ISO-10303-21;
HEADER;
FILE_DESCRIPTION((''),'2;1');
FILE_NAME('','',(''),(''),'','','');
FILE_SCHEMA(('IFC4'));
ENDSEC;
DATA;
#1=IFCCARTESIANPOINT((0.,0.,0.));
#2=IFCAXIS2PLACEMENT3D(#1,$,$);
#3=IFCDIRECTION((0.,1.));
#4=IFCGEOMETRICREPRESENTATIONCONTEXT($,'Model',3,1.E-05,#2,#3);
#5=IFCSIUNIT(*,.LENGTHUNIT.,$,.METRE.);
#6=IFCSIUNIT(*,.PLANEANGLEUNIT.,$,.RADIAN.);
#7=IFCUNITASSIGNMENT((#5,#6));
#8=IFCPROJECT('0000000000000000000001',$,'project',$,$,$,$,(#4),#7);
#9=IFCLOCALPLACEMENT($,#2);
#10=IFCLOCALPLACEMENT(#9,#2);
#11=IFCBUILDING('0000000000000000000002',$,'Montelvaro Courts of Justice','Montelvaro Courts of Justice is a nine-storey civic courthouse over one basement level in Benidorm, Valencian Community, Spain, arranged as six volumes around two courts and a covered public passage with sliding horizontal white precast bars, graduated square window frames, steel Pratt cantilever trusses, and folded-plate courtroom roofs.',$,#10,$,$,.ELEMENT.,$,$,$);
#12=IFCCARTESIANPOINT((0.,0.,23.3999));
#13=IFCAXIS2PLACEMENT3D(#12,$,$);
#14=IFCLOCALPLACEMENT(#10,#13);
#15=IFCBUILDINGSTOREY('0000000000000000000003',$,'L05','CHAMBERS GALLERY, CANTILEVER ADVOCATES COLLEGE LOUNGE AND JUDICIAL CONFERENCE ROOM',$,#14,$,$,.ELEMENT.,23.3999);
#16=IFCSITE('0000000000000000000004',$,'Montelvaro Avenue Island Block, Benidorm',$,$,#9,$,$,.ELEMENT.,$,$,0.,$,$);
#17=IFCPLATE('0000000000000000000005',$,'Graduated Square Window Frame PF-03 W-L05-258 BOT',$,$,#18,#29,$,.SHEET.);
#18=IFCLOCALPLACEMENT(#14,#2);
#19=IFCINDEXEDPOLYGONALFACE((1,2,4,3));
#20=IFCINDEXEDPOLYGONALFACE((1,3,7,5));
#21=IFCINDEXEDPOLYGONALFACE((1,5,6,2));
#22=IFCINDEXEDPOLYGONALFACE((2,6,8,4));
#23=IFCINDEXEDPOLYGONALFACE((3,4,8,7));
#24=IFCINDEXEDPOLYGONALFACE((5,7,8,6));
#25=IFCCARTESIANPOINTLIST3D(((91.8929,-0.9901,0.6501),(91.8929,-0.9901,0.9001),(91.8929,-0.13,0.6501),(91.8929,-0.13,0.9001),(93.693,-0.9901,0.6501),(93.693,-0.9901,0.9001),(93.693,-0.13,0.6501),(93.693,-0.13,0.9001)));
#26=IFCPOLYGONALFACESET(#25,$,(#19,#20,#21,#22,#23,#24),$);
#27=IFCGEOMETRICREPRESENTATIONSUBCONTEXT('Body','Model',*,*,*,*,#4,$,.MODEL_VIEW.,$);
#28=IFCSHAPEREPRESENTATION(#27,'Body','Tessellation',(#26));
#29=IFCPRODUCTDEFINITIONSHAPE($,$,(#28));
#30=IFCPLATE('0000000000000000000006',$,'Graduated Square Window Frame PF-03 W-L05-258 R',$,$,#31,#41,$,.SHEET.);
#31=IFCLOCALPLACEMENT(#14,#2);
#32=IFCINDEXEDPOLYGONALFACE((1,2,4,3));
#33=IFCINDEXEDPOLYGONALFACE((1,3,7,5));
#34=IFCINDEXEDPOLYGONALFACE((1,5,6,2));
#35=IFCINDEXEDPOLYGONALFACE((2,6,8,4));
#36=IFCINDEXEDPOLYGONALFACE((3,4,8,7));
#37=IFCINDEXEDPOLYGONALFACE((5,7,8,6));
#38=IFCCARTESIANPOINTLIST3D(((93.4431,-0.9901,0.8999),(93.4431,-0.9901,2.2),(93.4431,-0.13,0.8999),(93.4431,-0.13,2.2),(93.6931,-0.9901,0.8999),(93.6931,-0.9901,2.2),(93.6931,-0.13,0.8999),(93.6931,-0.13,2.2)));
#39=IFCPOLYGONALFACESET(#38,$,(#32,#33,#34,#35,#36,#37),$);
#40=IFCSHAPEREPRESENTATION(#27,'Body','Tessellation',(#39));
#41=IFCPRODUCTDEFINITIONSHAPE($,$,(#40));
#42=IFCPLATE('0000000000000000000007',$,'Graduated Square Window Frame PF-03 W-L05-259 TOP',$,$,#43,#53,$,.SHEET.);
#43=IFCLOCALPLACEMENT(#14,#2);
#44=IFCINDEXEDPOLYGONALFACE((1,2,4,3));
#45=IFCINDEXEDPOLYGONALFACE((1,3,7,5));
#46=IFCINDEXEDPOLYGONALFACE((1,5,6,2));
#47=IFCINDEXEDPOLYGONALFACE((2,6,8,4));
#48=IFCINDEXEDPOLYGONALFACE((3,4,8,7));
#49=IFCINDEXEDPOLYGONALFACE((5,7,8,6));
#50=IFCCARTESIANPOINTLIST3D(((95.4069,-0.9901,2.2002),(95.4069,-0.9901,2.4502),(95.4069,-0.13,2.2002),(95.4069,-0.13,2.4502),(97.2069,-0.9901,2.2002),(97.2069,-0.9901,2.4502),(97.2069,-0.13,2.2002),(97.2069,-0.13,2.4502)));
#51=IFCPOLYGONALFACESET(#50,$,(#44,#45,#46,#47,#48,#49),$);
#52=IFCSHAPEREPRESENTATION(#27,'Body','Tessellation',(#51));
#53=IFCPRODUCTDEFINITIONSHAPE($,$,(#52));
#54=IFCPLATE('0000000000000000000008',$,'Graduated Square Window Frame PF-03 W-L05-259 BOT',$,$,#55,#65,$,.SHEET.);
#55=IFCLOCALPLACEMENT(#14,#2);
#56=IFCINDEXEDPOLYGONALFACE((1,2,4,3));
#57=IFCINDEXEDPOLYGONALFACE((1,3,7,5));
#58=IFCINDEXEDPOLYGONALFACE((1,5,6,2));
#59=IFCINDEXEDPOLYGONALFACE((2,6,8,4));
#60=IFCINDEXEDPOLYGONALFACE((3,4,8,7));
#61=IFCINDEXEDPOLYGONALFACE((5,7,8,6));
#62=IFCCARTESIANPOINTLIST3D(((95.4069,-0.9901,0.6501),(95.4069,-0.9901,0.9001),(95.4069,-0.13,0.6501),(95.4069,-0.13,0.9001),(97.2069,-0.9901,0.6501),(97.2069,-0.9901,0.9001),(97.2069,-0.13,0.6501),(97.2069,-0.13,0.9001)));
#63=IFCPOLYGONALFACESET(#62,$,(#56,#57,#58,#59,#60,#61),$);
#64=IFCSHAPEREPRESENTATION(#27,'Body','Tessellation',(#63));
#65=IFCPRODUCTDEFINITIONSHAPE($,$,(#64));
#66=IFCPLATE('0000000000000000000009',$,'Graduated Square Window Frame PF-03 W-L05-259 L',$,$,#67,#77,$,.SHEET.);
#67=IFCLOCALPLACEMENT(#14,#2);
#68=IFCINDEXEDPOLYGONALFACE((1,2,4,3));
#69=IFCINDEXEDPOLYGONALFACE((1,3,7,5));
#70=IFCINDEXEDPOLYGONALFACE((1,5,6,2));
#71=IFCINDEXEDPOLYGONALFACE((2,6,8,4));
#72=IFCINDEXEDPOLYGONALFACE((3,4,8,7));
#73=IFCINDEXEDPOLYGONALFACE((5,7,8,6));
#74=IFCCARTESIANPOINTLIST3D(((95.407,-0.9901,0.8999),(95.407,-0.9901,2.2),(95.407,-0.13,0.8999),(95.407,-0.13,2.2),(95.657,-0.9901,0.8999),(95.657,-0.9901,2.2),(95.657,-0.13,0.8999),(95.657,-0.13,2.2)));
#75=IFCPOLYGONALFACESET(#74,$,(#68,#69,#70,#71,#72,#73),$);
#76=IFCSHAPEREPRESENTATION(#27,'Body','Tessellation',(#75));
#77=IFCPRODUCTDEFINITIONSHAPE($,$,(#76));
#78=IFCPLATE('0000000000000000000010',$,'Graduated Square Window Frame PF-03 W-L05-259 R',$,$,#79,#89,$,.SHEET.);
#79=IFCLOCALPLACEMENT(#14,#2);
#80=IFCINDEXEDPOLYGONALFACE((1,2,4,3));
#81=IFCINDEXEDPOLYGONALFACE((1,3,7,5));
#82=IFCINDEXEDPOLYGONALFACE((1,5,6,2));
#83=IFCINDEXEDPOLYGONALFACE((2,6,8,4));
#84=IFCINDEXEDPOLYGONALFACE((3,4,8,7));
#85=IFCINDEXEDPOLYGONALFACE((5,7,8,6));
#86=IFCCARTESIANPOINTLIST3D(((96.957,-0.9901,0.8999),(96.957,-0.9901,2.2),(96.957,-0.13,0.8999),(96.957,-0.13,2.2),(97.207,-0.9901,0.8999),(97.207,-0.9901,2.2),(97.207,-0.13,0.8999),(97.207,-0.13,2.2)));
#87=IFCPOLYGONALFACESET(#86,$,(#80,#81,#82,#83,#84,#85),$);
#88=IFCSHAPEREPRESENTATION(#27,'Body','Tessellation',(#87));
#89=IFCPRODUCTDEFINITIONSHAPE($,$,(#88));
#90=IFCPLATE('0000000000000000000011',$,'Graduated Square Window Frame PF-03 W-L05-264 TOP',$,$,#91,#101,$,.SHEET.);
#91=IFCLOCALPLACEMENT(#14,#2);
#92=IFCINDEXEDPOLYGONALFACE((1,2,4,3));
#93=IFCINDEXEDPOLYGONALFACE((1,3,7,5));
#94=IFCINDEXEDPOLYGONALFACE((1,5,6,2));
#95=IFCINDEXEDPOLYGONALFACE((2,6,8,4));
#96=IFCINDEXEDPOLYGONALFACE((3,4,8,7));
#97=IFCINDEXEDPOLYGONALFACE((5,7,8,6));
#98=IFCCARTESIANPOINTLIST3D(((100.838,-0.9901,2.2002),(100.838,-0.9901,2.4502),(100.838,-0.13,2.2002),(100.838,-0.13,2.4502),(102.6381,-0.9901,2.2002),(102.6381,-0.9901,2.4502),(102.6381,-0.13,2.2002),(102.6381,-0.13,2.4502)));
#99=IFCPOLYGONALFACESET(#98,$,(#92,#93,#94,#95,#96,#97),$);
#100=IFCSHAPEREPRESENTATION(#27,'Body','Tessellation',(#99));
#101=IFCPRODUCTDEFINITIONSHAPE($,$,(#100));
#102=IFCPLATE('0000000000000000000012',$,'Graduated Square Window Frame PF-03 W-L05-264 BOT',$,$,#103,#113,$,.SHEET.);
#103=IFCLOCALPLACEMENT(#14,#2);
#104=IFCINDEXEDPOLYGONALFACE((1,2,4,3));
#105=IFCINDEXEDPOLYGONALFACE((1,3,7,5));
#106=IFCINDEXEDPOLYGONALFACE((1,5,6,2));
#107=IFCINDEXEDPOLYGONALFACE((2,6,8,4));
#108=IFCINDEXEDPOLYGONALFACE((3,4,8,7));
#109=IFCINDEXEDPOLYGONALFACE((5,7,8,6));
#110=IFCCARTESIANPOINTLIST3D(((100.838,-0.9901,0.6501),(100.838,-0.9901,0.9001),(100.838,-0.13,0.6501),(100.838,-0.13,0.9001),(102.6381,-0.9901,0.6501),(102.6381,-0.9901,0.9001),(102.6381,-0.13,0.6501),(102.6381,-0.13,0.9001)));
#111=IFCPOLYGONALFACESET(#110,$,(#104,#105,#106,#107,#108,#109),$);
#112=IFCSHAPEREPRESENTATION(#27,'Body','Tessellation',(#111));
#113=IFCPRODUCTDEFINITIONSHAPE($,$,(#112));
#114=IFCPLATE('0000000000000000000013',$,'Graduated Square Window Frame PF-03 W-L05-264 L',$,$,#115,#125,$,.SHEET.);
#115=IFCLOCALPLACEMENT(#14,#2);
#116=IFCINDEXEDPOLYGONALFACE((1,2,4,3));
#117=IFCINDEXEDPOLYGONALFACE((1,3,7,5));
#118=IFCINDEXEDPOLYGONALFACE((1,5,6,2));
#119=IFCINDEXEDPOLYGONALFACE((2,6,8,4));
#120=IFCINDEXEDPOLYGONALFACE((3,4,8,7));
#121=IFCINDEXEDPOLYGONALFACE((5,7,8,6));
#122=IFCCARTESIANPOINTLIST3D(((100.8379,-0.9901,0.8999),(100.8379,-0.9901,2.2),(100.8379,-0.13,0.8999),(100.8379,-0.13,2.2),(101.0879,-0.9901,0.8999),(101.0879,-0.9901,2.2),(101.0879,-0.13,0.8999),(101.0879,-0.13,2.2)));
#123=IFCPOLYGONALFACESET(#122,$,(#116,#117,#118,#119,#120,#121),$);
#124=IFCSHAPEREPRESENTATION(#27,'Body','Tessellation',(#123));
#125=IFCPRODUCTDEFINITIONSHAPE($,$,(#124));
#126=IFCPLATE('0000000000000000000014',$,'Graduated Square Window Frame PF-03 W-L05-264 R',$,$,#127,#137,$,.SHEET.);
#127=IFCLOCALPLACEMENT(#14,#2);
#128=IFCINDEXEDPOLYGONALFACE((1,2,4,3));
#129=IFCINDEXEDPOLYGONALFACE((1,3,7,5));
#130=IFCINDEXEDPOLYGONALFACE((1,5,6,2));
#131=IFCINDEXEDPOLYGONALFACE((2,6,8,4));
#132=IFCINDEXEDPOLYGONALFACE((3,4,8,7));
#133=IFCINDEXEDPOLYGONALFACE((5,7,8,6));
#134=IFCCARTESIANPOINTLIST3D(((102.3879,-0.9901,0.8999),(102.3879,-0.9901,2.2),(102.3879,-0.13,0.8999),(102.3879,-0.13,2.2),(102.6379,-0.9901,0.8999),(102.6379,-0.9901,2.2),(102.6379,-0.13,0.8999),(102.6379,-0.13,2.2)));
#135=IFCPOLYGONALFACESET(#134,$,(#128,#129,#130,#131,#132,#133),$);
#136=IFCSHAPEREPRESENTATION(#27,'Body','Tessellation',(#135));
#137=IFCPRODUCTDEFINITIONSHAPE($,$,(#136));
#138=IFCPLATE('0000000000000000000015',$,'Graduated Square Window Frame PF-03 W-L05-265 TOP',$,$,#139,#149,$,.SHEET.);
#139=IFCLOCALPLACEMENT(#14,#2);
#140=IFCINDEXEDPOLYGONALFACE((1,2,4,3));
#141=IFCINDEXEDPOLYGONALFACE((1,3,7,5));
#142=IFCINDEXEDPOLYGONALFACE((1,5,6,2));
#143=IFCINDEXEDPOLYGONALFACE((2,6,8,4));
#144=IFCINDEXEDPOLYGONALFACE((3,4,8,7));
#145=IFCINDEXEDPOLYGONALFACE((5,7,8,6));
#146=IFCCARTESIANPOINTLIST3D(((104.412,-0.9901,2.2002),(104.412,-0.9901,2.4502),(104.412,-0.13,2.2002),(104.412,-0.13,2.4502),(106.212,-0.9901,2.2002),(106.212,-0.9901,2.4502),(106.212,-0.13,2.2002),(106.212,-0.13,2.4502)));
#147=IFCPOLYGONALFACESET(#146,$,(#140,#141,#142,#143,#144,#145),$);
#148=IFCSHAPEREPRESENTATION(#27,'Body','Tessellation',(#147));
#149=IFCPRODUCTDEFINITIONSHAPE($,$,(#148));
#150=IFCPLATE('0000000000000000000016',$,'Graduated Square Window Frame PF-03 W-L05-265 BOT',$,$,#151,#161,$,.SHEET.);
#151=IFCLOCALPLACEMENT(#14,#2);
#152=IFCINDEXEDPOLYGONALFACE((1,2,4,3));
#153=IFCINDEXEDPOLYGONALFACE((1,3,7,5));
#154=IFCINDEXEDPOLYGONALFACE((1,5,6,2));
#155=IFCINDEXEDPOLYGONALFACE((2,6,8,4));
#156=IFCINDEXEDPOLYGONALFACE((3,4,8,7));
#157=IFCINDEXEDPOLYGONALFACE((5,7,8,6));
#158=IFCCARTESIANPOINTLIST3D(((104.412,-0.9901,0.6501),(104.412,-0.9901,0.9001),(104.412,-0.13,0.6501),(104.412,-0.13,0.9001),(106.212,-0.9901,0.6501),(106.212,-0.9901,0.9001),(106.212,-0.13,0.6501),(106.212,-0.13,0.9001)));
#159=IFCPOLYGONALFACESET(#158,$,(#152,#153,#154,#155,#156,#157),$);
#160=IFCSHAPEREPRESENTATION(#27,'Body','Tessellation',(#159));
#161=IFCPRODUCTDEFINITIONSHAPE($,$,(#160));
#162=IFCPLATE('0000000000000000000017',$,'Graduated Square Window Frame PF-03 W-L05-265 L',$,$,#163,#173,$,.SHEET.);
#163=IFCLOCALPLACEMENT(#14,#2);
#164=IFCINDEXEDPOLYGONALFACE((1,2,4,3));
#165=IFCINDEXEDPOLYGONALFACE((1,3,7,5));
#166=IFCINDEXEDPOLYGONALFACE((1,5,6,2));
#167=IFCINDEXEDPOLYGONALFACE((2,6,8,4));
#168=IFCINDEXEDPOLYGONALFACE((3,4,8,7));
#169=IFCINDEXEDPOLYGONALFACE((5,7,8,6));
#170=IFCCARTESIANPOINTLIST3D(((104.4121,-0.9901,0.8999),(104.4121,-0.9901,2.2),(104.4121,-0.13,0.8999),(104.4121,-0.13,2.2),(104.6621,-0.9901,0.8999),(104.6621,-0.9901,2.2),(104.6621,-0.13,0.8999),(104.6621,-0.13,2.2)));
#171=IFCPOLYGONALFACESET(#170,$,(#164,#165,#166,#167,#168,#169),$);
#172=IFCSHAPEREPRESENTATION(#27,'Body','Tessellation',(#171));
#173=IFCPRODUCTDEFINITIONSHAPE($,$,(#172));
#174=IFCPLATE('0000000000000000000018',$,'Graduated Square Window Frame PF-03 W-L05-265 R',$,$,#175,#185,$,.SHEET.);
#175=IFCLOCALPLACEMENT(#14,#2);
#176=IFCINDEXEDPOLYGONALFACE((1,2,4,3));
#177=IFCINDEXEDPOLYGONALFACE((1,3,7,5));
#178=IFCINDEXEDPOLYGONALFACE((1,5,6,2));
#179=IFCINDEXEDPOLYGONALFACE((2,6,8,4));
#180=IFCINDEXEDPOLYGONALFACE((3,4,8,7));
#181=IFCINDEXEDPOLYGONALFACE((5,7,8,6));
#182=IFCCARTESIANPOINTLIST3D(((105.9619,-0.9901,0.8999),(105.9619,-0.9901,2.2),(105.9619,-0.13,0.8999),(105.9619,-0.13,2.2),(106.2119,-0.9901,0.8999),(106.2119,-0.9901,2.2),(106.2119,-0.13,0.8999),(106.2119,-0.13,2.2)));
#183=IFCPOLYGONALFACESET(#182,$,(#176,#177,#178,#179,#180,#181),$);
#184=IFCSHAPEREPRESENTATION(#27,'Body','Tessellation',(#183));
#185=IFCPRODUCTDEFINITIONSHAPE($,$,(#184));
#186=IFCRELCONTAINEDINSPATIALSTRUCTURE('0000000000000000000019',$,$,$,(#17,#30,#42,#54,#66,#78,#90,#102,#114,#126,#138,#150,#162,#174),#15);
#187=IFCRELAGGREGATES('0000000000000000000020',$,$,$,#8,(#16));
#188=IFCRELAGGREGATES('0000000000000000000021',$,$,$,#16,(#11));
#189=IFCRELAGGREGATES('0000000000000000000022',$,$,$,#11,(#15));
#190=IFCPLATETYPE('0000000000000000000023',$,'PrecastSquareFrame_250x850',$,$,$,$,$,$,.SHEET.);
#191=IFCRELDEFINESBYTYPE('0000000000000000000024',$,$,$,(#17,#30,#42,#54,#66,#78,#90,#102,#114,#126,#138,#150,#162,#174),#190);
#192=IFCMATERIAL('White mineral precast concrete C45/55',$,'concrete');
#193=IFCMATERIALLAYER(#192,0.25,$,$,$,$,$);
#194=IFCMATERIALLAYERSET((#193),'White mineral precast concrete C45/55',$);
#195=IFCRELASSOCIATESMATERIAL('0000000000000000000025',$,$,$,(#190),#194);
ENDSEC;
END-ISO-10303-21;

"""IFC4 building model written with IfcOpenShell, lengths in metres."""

from ifc_helpers import new_model, si_unit, direction, frame, origin, origin_2d, place, context, subcontext, project, spatial, rectangle, extrude, material, layer, layer_set, type_object, element, save


model = new_model("IFC4")

# Units and contexts
model_context = context("Model", 3, precision=1e-05, world=origin(), true_north=direction((0.0, 1.0)))
body_context = subcontext(model_context, "Body", "Model", "MODEL_VIEW")
ifc_project = project(units=[si_unit("LENGTHUNIT", "METRE"), si_unit("PLANEANGLEUNIT", "RADIAN")], contexts=[model_context])

# Site, building, storey
site_placement = place(None, origin())
site = spatial("IfcSite", under=ifc_project, at=site_placement, Name="Montelvaro Avenue Island Block, Benidorm", CompositionType="ELEMENT", RefElevation=0.0)
building_placement = place(site_placement, origin())
building = spatial("IfcBuilding", under=site, at=building_placement, Name="Montelvaro Courts of Justice", Description="Montelvaro Courts of Justice is a nine-storey civic courthouse over one basement level in Benidorm, Valencian Community, Spain, arranged as six volumes around two courts and a covered public passage with sliding horizontal white precast bars, graduated square window frames, steel Pratt cantilever trusses, and folded-plate courtroom roofs.", CompositionType="ELEMENT")
storey_placement = place(building_placement, frame((0.0, 0.0, 23.3999)))
storey = spatial("IfcBuildingStorey", under=building, at=storey_placement, Name="L05", Description="CHAMBERS GALLERY, CANTILEVER ADVOCATES COLLEGE LOUNGE AND JUDICIAL CONFERENCE ROOM", CompositionType="ELEMENT", Elevation=23.3999)

# Plates
ifc_material_1 = material(Name="White mineral precast concrete C45/55", Category="concrete")
ifc_layer_1 = layer(ifc_material_1, 0.25)
ifc_layer_set_1 = layer_set([ifc_layer_1], Name="White mineral precast concrete C45/55")
plate_type = type_object("IfcPlateType", Name="PrecastSquareFrame_250x850", PredefinedType="SHEET", material=ifc_layer_set_1)
for number, where, z_axis, x_axis, name in (
    (1, (92.793, -0.5601, 0.6501), (0.0, 0.0, 1.0), (1.0, 0.0, 0.0), "Graduated Square Window Frame PF-03 W-L05-258 BOT"),
):
    element("IfcPlate", number, at=place(storey_placement, frame(where, z_axis=z_axis, x_axis=x_axis)), inside=storey, type_object=plate_type, Name=name, PredefinedType="SHEET", context=body_context, shape_type="SweptSolid", body=[
        extrude(rectangle(XDim=1.8, YDim=0.8601, at=origin_2d()), origin(), (0.0, 0.0, 1.0), 0.25),
    ])
plate_placement = place(storey_placement, frame((93.5681, -0.5601, 0.8999), z_axis=(0.0, 0.0, 1.0), x_axis=(1.0, 0.0, 0.0)))
element("IfcPlate", 2, at=plate_placement, inside=storey, type_object=plate_type, Name="Graduated Square Window Frame PF-03 W-L05-258 R", PredefinedType="SHEET", context=body_context, shape_type="SweptSolid", body=[
    extrude(rectangle(XDim=0.25, YDim=0.8601, at=origin_2d()), origin(), (0.0, 0.0, 1.0), 1.3),
])
for number, where, z_axis, x_axis, name in (
    (3, (96.3069, -0.5601, 2.2002), (0.0, 0.0, 1.0), (1.0, 0.0, 0.0), "Graduated Square Window Frame PF-03 W-L05-259 TOP"),
    (4, (96.3069, -0.5601, 0.6501), (0.0, 0.0, 1.0), (1.0, 0.0, 0.0), "Graduated Square Window Frame PF-03 W-L05-259 BOT"),
):
    element("IfcPlate", number, at=place(storey_placement, frame(where, z_axis=z_axis, x_axis=x_axis)), inside=storey, type_object=plate_type, Name=name, PredefinedType="SHEET", context=body_context, shape_type="SweptSolid", body=[
        extrude(rectangle(XDim=1.8, YDim=0.8601, at=origin_2d()), origin(), (0.0, 0.0, 1.0), 0.25),
    ])
for number, where, z_axis, x_axis, name in (
    (5, (95.532, -0.5601, 0.8999), (0.0, 0.0, 1.0), (1.0, 0.0, 0.0), "Graduated Square Window Frame PF-03 W-L05-259 L"),
    (6, (97.082, -0.5601, 0.8999), (0.0, 0.0, 1.0), (1.0, 0.0, 0.0), "Graduated Square Window Frame PF-03 W-L05-259 R"),
):
    element("IfcPlate", number, at=place(storey_placement, frame(where, z_axis=z_axis, x_axis=x_axis)), inside=storey, type_object=plate_type, Name=name, PredefinedType="SHEET", context=body_context, shape_type="SweptSolid", body=[
        extrude(rectangle(XDim=0.25, YDim=0.8601, at=origin_2d()), origin(), (0.0, 0.0, 1.0), 1.3),
    ])
for number, where, z_axis, x_axis, name in (
    (7, (101.738, -0.5601, 2.2002), (0.0, 0.0, 1.0), (1.0, 0.0, 0.0), "Graduated Square Window Frame PF-03 W-L05-264 TOP"),
    (8, (101.738, -0.5601, 0.6501), (0.0, 0.0, 1.0), (1.0, 0.0, 0.0), "Graduated Square Window Frame PF-03 W-L05-264 BOT"),
):
    element("IfcPlate", number, at=place(storey_placement, frame(where, z_axis=z_axis, x_axis=x_axis)), inside=storey, type_object=plate_type, Name=name, PredefinedType="SHEET", context=body_context, shape_type="SweptSolid", body=[
        extrude(rectangle(XDim=1.8, YDim=0.8601, at=origin_2d()), origin(), (0.0, 0.0, 1.0), 0.25),
    ])
for number, where, z_axis, x_axis, name in (
    (9, (100.9629, -0.5601, 0.8999), (0.0, 0.0, 1.0), (1.0, 0.0, 0.0), "Graduated Square Window Frame PF-03 W-L05-264 L"),
    (10, (102.5129, -0.5601, 0.8999), (0.0, 0.0, 1.0), (1.0, 0.0, 0.0), "Graduated Square Window Frame PF-03 W-L05-264 R"),
):
    element("IfcPlate", number, at=place(storey_placement, frame(where, z_axis=z_axis, x_axis=x_axis)), inside=storey, type_object=plate_type, Name=name, PredefinedType="SHEET", context=body_context, shape_type="SweptSolid", body=[
        extrude(rectangle(XDim=0.25, YDim=0.8601, at=origin_2d()), origin(), (0.0, 0.0, 1.0), 1.3),
    ])
for number, where, z_axis, x_axis, name in (
    (11, (105.312, -0.5601, 2.2002), (0.0, 0.0, 1.0), (1.0, 0.0, 0.0), "Graduated Square Window Frame PF-03 W-L05-265 TOP"),
    (12, (105.312, -0.5601, 0.6501), (0.0, 0.0, 1.0), (1.0, 0.0, 0.0), "Graduated Square Window Frame PF-03 W-L05-265 BOT"),
):
    element("IfcPlate", number, at=place(storey_placement, frame(where, z_axis=z_axis, x_axis=x_axis)), inside=storey, type_object=plate_type, Name=name, PredefinedType="SHEET", context=body_context, shape_type="SweptSolid", body=[
        extrude(rectangle(XDim=1.8, YDim=0.8601, at=origin_2d()), origin(), (0.0, 0.0, 1.0), 0.25),
    ])
for number, where, z_axis, x_axis, name in (
    (13, (104.5371, -0.5601, 0.8999), (0.0, 0.0, 1.0), (1.0, 0.0, 0.0), "Graduated Square Window Frame PF-03 W-L05-265 L"),
    (14, (106.0869, -0.5601, 0.8999), (0.0, 0.0, 1.0), (1.0, 0.0, 0.0), "Graduated Square Window Frame PF-03 W-L05-265 R"),
):
    element("IfcPlate", number, at=place(storey_placement, frame(where, z_axis=z_axis, x_axis=x_axis)), inside=storey, type_object=plate_type, Name=name, PredefinedType="SHEET", context=body_context, shape_type="SweptSolid", body=[
        extrude(rectangle(XDim=0.25, YDim=0.8601, at=origin_2d()), origin(), (0.0, 0.0, 1.0), 1.3),
    ])

save(model, "model.ifc")
